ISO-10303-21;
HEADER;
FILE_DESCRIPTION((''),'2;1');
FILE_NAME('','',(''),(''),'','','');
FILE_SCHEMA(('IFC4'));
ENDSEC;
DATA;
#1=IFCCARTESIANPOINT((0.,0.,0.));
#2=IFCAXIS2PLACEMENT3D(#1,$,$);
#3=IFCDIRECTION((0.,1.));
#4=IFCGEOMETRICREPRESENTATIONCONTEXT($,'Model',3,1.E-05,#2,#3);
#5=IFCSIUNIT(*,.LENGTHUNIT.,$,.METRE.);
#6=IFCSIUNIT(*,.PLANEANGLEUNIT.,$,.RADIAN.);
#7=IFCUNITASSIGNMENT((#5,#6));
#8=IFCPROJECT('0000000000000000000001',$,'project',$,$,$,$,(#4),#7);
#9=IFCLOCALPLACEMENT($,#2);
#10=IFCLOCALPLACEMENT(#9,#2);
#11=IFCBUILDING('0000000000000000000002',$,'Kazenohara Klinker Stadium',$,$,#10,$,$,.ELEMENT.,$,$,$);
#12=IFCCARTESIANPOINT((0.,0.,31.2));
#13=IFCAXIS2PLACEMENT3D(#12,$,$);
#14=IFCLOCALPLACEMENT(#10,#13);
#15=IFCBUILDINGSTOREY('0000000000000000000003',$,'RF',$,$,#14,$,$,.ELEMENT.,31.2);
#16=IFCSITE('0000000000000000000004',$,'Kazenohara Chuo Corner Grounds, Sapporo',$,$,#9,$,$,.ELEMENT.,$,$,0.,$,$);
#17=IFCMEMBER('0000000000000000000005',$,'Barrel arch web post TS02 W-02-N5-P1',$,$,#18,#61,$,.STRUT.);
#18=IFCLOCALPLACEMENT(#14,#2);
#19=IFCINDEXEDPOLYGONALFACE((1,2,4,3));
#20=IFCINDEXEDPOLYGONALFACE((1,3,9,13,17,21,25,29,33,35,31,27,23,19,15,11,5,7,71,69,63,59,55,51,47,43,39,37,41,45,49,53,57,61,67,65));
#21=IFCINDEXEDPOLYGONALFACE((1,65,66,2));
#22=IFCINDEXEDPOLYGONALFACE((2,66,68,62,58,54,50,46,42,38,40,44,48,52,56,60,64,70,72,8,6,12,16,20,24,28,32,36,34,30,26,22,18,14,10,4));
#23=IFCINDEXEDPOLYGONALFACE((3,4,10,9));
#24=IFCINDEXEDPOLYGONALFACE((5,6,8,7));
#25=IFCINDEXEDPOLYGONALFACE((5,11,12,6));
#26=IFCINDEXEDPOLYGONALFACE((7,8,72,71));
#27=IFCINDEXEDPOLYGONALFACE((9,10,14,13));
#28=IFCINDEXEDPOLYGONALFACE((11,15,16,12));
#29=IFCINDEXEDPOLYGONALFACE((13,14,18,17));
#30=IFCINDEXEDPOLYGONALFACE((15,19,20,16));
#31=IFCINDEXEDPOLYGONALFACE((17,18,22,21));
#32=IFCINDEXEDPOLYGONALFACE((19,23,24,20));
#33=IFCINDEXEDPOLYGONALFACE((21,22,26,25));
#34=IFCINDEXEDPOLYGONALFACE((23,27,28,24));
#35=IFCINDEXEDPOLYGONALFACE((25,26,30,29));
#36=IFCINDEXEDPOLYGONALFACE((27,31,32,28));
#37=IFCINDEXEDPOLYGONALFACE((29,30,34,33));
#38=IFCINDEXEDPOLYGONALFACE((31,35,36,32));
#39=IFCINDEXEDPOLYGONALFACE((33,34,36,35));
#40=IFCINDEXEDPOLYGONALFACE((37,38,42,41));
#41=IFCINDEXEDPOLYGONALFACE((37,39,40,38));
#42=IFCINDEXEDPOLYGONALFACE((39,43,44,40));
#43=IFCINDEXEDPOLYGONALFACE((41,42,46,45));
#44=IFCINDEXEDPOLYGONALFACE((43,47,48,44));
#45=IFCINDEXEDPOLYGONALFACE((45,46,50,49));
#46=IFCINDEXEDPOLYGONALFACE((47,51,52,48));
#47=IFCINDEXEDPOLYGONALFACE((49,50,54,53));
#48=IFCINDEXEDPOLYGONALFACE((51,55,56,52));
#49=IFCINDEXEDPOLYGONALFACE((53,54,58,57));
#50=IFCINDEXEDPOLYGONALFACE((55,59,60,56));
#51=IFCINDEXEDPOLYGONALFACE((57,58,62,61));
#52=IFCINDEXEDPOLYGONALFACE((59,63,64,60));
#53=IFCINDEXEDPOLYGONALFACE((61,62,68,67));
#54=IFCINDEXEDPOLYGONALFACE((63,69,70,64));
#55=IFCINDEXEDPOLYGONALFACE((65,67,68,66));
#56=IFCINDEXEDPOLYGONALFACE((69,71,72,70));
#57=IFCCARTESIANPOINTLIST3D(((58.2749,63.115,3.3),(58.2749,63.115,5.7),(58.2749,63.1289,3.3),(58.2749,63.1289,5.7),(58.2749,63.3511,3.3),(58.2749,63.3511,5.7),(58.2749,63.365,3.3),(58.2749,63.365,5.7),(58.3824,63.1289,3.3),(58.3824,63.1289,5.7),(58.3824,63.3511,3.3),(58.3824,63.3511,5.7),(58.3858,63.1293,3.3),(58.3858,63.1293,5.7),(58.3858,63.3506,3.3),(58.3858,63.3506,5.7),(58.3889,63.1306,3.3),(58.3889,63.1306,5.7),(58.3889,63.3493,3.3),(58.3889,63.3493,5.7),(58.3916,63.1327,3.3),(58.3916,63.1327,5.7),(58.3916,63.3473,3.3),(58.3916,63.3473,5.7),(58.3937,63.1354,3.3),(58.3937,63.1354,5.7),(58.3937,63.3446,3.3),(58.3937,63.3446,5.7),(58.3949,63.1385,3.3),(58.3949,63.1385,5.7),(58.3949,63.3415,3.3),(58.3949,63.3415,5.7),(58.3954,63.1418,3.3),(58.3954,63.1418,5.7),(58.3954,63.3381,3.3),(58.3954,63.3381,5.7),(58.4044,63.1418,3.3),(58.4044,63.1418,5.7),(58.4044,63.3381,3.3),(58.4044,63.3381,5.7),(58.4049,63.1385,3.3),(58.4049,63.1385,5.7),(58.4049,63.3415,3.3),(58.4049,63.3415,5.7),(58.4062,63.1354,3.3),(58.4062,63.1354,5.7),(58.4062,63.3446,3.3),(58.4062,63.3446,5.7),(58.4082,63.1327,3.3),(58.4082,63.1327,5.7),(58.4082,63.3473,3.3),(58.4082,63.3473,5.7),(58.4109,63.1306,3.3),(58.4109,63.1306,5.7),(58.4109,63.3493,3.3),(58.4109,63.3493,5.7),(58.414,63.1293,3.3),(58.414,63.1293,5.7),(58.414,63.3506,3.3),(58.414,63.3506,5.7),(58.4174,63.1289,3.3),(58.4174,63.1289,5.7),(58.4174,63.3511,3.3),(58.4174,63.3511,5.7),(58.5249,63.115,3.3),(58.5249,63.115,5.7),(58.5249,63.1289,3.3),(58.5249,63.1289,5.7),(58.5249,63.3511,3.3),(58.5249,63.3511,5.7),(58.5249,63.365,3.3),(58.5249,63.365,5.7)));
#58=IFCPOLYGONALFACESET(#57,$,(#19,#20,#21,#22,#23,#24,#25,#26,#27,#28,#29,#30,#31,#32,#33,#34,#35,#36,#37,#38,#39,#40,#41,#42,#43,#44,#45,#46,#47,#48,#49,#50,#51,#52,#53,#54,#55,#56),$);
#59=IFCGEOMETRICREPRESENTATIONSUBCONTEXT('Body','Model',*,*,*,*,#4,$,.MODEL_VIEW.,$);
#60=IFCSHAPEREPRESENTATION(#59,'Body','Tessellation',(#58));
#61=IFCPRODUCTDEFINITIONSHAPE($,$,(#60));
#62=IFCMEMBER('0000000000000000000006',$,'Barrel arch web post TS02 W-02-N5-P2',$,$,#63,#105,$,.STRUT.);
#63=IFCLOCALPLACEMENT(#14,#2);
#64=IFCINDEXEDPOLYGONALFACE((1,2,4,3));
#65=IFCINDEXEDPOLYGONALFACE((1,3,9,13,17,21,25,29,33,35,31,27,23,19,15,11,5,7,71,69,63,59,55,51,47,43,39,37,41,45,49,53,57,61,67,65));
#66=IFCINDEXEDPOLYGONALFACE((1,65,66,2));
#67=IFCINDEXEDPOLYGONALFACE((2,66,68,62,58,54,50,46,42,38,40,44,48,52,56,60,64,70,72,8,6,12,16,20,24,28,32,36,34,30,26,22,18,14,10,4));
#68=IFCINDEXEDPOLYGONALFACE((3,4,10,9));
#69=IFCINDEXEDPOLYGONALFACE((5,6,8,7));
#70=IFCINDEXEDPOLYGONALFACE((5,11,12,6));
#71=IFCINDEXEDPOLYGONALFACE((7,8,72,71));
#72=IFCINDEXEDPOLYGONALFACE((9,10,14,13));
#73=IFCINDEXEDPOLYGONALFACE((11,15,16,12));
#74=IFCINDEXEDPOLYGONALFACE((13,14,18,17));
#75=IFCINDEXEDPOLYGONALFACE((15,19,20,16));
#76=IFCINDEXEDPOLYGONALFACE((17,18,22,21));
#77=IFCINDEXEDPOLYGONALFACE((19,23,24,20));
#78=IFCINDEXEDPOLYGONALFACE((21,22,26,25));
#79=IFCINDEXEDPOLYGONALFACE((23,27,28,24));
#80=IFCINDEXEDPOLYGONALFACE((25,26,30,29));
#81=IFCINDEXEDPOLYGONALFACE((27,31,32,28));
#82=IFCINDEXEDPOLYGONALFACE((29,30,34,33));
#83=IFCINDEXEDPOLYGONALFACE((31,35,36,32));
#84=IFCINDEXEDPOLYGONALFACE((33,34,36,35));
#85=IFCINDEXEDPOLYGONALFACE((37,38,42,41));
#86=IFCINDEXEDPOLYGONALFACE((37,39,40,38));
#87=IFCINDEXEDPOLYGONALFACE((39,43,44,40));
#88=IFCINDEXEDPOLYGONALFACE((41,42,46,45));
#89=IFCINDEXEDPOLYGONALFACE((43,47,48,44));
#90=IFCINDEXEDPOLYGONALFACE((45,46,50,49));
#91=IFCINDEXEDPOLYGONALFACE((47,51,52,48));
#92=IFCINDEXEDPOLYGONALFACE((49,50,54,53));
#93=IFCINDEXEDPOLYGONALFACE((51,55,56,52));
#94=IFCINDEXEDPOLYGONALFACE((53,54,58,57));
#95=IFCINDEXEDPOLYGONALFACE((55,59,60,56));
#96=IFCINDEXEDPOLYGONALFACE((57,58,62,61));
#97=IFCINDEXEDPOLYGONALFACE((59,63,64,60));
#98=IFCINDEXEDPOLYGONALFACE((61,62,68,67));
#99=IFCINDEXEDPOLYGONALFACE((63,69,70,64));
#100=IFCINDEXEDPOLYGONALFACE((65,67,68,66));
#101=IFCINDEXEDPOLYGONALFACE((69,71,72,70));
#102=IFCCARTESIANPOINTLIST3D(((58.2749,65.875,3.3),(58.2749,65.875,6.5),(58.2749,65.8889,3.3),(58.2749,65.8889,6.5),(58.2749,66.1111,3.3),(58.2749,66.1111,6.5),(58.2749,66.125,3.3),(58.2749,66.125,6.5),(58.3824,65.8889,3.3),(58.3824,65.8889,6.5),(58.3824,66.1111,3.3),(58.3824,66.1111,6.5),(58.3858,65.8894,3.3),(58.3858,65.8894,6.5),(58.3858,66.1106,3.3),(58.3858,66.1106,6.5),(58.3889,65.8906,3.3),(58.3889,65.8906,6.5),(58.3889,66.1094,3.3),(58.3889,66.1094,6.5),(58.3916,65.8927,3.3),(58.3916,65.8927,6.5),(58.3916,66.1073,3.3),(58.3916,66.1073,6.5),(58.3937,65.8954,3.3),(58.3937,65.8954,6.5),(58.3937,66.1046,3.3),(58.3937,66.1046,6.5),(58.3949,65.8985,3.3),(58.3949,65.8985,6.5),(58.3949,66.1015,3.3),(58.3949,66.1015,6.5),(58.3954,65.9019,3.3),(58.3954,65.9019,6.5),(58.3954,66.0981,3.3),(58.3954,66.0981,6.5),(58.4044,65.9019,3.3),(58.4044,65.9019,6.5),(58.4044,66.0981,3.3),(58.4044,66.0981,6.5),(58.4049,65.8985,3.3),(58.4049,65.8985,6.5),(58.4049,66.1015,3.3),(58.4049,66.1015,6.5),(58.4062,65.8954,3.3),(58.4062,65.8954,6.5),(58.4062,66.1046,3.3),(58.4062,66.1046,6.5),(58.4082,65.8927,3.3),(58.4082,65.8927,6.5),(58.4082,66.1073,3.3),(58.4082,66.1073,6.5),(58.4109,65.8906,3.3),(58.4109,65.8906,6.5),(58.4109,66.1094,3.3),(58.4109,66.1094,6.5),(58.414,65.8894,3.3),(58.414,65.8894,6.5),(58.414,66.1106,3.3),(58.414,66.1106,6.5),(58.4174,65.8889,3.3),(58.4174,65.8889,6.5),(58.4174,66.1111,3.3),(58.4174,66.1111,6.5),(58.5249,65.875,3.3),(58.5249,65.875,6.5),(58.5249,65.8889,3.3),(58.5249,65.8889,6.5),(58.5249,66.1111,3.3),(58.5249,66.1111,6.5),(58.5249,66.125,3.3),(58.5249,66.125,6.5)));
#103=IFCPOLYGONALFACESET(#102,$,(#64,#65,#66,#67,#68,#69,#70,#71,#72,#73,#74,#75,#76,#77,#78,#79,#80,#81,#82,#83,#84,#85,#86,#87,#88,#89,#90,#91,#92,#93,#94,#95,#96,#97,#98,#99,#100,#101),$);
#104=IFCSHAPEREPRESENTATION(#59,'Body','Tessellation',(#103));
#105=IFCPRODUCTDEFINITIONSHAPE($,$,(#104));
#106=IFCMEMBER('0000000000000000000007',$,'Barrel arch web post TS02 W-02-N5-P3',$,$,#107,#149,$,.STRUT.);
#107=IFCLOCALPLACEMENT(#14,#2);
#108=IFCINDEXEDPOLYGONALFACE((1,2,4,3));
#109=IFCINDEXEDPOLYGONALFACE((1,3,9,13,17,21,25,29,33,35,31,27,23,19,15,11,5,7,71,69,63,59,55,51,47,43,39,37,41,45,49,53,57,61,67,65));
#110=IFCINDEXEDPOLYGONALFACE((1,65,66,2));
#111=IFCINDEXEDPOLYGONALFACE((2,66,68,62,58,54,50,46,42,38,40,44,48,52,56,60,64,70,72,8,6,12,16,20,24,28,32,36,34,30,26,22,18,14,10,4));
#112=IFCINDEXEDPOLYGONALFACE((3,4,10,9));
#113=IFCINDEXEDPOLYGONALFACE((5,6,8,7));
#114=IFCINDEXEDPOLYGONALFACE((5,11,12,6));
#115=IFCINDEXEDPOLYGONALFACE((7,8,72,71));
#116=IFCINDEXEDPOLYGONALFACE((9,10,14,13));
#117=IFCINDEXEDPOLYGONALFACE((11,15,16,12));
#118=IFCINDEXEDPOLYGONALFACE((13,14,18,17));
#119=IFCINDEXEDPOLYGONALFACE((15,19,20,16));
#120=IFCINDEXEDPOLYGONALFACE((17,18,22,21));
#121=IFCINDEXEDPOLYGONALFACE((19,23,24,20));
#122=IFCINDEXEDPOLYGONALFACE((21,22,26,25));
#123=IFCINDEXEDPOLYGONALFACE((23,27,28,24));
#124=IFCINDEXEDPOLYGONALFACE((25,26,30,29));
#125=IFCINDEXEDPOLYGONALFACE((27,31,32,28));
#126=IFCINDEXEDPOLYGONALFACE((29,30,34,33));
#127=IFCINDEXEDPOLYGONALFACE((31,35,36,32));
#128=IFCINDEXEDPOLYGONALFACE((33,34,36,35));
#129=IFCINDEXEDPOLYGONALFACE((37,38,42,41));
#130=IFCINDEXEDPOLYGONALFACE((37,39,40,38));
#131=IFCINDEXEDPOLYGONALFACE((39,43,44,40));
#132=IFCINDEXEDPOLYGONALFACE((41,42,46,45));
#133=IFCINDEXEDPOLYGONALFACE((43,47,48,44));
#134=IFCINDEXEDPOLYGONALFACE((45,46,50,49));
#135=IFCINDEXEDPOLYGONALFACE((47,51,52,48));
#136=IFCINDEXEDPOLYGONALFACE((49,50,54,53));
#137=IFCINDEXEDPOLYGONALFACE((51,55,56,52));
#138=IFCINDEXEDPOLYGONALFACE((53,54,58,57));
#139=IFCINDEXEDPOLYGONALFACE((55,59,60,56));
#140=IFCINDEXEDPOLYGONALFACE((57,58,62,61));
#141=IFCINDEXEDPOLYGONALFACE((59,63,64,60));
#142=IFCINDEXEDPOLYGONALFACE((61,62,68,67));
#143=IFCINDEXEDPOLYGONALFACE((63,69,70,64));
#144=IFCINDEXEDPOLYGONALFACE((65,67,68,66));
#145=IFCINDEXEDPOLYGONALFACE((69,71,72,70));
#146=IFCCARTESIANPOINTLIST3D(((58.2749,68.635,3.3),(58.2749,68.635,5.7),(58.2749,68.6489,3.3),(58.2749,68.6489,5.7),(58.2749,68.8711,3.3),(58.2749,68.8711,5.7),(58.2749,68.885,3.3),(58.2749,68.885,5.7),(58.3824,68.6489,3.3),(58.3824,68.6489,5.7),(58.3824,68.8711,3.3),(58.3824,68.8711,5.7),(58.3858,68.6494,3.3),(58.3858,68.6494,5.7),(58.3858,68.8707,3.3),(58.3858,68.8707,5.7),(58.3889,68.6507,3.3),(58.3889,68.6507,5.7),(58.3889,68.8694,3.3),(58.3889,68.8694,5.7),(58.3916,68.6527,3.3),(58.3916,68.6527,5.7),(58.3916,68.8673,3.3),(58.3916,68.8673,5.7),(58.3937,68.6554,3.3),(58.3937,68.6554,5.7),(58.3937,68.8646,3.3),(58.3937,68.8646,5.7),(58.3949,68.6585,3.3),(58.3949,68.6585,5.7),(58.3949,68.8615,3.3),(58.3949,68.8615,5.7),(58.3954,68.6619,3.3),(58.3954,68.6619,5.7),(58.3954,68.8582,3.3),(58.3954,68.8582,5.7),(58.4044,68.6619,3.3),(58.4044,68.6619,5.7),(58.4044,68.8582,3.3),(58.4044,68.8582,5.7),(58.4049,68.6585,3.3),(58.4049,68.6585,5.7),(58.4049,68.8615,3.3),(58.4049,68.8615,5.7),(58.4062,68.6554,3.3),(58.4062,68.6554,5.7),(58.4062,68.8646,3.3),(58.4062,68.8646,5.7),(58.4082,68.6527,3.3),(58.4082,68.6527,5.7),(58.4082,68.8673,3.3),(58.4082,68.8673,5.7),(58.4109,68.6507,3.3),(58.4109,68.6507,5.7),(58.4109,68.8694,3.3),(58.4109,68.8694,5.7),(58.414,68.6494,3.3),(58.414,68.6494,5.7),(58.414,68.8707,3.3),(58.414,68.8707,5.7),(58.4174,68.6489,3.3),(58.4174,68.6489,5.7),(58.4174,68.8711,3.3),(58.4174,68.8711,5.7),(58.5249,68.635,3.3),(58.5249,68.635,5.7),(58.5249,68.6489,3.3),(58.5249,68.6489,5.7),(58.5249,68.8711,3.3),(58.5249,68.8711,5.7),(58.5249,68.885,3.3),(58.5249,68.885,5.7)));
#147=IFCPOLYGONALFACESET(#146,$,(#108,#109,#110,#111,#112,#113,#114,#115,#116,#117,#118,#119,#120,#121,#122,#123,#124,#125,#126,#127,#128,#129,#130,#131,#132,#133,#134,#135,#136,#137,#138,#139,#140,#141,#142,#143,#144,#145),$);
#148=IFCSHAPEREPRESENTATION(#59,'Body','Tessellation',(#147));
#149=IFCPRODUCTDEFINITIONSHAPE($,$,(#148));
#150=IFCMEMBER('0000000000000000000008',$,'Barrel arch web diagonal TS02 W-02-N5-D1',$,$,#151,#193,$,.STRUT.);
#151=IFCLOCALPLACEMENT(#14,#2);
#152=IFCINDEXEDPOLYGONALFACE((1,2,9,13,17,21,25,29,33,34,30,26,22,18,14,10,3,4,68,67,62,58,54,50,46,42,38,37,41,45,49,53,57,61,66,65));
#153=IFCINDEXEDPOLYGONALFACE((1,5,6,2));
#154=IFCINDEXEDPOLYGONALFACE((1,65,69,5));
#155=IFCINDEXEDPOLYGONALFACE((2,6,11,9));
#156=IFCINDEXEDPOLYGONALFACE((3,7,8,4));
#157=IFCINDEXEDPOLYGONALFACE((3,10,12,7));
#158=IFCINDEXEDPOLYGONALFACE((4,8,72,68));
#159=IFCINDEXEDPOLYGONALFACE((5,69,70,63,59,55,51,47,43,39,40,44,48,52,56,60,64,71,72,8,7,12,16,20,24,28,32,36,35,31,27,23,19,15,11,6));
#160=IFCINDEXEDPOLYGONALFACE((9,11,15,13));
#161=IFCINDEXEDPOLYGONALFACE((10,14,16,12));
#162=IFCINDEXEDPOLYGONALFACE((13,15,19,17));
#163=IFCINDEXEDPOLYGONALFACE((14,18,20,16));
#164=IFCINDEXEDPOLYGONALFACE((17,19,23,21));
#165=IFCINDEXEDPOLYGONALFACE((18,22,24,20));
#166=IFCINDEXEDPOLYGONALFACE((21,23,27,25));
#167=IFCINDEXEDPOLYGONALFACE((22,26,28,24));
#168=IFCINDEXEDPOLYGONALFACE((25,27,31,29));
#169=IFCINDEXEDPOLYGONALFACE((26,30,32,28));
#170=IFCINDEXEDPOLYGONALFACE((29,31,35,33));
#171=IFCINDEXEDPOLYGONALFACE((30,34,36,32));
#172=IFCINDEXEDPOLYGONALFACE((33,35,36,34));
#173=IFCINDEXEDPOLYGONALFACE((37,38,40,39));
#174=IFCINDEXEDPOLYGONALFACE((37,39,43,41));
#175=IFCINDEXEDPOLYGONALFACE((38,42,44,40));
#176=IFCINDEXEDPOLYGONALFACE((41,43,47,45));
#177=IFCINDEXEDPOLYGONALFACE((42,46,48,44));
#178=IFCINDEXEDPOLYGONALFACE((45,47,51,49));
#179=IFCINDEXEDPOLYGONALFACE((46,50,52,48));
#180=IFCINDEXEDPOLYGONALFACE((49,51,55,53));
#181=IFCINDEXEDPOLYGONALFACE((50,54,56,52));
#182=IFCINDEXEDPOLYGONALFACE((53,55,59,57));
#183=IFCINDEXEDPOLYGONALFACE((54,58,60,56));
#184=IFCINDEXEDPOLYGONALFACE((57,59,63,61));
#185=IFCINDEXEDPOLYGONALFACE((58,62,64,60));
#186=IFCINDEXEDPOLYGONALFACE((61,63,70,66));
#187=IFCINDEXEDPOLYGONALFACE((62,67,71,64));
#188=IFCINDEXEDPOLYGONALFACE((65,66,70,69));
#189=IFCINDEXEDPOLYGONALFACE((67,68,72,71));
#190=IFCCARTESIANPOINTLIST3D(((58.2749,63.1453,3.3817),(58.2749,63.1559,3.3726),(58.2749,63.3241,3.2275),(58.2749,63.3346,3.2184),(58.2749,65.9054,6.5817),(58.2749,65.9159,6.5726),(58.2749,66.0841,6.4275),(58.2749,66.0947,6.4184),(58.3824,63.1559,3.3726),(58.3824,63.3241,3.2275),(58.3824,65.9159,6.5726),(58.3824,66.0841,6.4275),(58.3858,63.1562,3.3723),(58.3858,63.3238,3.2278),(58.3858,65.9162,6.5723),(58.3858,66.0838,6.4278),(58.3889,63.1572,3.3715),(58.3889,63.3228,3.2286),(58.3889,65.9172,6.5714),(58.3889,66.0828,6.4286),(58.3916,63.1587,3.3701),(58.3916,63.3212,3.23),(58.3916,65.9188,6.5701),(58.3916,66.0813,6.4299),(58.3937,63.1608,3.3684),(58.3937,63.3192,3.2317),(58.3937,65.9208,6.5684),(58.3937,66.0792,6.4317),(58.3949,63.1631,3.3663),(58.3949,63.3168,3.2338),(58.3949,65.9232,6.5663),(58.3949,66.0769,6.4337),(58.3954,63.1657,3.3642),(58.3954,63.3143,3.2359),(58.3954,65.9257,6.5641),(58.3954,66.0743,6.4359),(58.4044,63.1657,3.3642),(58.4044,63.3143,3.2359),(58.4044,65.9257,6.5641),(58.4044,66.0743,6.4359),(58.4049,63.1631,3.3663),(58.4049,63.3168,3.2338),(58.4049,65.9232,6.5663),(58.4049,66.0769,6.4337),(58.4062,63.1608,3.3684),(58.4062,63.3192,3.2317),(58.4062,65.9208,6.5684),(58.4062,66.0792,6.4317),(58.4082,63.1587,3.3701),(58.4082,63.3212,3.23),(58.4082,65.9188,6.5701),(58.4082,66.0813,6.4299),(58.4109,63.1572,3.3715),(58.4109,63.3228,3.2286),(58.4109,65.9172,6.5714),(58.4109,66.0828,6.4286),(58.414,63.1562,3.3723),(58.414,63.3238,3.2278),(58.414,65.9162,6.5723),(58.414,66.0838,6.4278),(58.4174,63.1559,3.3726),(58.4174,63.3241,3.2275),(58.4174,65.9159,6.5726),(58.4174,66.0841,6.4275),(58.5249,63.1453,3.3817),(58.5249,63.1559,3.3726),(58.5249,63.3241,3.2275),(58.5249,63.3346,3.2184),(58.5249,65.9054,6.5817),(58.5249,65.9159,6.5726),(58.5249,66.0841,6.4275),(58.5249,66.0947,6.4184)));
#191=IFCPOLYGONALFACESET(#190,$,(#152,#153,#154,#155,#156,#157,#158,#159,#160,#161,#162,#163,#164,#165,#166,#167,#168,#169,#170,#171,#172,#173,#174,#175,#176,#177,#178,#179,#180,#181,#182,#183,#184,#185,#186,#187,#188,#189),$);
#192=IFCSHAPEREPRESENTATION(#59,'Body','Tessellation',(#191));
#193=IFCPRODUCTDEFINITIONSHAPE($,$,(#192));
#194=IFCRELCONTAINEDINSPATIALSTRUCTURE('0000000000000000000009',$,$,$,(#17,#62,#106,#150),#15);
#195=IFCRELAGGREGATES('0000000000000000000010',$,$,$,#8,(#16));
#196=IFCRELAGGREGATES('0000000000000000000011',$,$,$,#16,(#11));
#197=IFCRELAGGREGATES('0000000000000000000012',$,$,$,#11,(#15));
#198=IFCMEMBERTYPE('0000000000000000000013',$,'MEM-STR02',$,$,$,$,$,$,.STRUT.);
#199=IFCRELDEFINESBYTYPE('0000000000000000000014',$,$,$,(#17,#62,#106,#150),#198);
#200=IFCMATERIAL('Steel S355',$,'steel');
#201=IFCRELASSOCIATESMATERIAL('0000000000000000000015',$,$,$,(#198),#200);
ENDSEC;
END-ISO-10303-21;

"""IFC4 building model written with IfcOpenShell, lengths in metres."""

from ifc_helpers import new_model, si_unit, direction, frame, origin, origin_2d, place, context, subcontext, project, spatial, i_section, extrude, material, material_profile, profile_set, type_object, element, save


model = new_model("IFC4")

# Units and contexts
model_context = context("Model", 3, precision=1e-05, world=origin(), true_north=direction((0.0, 1.0)))
body_context = subcontext(model_context, "Body", "Model", "MODEL_VIEW")
ifc_project = project(units=[si_unit("LENGTHUNIT", "METRE"), si_unit("PLANEANGLEUNIT", "RADIAN")], contexts=[model_context])

# Site, building, storey
site_placement = place(None, origin())
site = spatial("IfcSite", under=ifc_project, at=site_placement, Name="Kazenohara Chuo Corner Grounds, Sapporo", CompositionType="ELEMENT", RefElevation=0.0)
building_placement = place(site_placement, origin())
building = spatial("IfcBuilding", under=site, at=building_placement, Name="Kazenohara Klinker Stadium", CompositionType="ELEMENT")
storey_placement = place(building_placement, frame((0.0, 0.0, 31.2)))
storey = spatial("IfcBuildingStorey", under=building, at=storey_placement, Name="RF", CompositionType="ELEMENT", Elevation=31.2)

# Members
ifc_material_1 = material(Name="Steel S355", Category="steel")
ifc_material_profile_1 = material_profile(ifc_material_1, i_section(OverallWidth=0.25, OverallDepth=0.25, WebThickness=0.009, FlangeThickness=0.0139, FilletRadius=0.0129, at=origin_2d()), Name="H-250x250x9x14")
ifc_profile_set_1 = profile_set([ifc_material_profile_1], Name="Steel S355")
member_type_1 = type_object("IfcMemberType", Name="MEM-STR02", PredefinedType="STRUT", material=ifc_profile_set_1)
member_1_placement = place(storey_placement, frame((58.3999, 63.24, 3.3), z_axis=(0.0, 0.0, 1.0), x_axis=(1.0, 0.0, 0.0)))
element("IfcMember", 1, at=member_1_placement, inside=storey, type_object=member_type_1, Name="Barrel arch web post TS02 W-02-N5-P1", PredefinedType="STRUT", context=body_context, shape_type="SweptSolid", body=[
    extrude(i_section(OverallWidth=0.25, OverallDepth=0.25, WebThickness=0.009, FlangeThickness=0.0139, FilletRadius=0.0129, at=origin_2d()), origin(), (0.0, 0.0, 1.0), 2.3999),
])
member_2_placement = place(storey_placement, frame((58.3999, 66.0, 3.3), z_axis=(0.0, 0.0, 1.0), x_axis=(1.0, 0.0, 0.0)))
element("IfcMember", 2, at=member_2_placement, inside=storey, type_object=member_type_1, Name="Barrel arch web post TS02 W-02-N5-P2", PredefinedType="STRUT", context=body_context, shape_type="SweptSolid", body=[
    extrude(i_section(OverallWidth=0.25, OverallDepth=0.25, WebThickness=0.009, FlangeThickness=0.0139, FilletRadius=0.0129, at=origin_2d()), origin(), (0.0, 0.0, 1.0), 3.2),
])
member_3_placement = place(storey_placement, frame((58.3999, 68.76, 3.3), z_axis=(0.0, 0.0, 1.0), x_axis=(1.0, 0.0, 0.0)))
element("IfcMember", 3, at=member_3_placement, inside=storey, type_object=member_type_1, Name="Barrel arch web post TS02 W-02-N5-P3", PredefinedType="STRUT", context=body_context, shape_type="SweptSolid", body=[
    extrude(i_section(OverallWidth=0.25, OverallDepth=0.25, WebThickness=0.009, FlangeThickness=0.0139, FilletRadius=0.0129, at=origin_2d()), origin(), (0.0, 0.0, 1.0), 2.3999),
])
for number, where, z_axis, x_axis, name in (
    (4, (58.3999, 63.24, 3.3), (0.0, 0.653134, 0.757242), (-1.0, 0.0, 0.0), "Barrel arch web diagonal TS02 W-02-N5-D1"),
):
    element("IfcMember", number, at=place(storey_placement, frame(where, z_axis=z_axis, x_axis=x_axis)), inside=storey, type_object=member_type_1, Name=name, PredefinedType="STRUT", context=body_context, shape_type="SweptSolid", body=[
        extrude(i_section(OverallWidth=0.25, OverallDepth=0.25, WebThickness=0.009, FlangeThickness=0.0139, FilletRadius=0.0129, at=origin_2d()), origin(), (0.0, 0.0, 1.0), 4.2258),
    ])

save(model, "model.ifc")
